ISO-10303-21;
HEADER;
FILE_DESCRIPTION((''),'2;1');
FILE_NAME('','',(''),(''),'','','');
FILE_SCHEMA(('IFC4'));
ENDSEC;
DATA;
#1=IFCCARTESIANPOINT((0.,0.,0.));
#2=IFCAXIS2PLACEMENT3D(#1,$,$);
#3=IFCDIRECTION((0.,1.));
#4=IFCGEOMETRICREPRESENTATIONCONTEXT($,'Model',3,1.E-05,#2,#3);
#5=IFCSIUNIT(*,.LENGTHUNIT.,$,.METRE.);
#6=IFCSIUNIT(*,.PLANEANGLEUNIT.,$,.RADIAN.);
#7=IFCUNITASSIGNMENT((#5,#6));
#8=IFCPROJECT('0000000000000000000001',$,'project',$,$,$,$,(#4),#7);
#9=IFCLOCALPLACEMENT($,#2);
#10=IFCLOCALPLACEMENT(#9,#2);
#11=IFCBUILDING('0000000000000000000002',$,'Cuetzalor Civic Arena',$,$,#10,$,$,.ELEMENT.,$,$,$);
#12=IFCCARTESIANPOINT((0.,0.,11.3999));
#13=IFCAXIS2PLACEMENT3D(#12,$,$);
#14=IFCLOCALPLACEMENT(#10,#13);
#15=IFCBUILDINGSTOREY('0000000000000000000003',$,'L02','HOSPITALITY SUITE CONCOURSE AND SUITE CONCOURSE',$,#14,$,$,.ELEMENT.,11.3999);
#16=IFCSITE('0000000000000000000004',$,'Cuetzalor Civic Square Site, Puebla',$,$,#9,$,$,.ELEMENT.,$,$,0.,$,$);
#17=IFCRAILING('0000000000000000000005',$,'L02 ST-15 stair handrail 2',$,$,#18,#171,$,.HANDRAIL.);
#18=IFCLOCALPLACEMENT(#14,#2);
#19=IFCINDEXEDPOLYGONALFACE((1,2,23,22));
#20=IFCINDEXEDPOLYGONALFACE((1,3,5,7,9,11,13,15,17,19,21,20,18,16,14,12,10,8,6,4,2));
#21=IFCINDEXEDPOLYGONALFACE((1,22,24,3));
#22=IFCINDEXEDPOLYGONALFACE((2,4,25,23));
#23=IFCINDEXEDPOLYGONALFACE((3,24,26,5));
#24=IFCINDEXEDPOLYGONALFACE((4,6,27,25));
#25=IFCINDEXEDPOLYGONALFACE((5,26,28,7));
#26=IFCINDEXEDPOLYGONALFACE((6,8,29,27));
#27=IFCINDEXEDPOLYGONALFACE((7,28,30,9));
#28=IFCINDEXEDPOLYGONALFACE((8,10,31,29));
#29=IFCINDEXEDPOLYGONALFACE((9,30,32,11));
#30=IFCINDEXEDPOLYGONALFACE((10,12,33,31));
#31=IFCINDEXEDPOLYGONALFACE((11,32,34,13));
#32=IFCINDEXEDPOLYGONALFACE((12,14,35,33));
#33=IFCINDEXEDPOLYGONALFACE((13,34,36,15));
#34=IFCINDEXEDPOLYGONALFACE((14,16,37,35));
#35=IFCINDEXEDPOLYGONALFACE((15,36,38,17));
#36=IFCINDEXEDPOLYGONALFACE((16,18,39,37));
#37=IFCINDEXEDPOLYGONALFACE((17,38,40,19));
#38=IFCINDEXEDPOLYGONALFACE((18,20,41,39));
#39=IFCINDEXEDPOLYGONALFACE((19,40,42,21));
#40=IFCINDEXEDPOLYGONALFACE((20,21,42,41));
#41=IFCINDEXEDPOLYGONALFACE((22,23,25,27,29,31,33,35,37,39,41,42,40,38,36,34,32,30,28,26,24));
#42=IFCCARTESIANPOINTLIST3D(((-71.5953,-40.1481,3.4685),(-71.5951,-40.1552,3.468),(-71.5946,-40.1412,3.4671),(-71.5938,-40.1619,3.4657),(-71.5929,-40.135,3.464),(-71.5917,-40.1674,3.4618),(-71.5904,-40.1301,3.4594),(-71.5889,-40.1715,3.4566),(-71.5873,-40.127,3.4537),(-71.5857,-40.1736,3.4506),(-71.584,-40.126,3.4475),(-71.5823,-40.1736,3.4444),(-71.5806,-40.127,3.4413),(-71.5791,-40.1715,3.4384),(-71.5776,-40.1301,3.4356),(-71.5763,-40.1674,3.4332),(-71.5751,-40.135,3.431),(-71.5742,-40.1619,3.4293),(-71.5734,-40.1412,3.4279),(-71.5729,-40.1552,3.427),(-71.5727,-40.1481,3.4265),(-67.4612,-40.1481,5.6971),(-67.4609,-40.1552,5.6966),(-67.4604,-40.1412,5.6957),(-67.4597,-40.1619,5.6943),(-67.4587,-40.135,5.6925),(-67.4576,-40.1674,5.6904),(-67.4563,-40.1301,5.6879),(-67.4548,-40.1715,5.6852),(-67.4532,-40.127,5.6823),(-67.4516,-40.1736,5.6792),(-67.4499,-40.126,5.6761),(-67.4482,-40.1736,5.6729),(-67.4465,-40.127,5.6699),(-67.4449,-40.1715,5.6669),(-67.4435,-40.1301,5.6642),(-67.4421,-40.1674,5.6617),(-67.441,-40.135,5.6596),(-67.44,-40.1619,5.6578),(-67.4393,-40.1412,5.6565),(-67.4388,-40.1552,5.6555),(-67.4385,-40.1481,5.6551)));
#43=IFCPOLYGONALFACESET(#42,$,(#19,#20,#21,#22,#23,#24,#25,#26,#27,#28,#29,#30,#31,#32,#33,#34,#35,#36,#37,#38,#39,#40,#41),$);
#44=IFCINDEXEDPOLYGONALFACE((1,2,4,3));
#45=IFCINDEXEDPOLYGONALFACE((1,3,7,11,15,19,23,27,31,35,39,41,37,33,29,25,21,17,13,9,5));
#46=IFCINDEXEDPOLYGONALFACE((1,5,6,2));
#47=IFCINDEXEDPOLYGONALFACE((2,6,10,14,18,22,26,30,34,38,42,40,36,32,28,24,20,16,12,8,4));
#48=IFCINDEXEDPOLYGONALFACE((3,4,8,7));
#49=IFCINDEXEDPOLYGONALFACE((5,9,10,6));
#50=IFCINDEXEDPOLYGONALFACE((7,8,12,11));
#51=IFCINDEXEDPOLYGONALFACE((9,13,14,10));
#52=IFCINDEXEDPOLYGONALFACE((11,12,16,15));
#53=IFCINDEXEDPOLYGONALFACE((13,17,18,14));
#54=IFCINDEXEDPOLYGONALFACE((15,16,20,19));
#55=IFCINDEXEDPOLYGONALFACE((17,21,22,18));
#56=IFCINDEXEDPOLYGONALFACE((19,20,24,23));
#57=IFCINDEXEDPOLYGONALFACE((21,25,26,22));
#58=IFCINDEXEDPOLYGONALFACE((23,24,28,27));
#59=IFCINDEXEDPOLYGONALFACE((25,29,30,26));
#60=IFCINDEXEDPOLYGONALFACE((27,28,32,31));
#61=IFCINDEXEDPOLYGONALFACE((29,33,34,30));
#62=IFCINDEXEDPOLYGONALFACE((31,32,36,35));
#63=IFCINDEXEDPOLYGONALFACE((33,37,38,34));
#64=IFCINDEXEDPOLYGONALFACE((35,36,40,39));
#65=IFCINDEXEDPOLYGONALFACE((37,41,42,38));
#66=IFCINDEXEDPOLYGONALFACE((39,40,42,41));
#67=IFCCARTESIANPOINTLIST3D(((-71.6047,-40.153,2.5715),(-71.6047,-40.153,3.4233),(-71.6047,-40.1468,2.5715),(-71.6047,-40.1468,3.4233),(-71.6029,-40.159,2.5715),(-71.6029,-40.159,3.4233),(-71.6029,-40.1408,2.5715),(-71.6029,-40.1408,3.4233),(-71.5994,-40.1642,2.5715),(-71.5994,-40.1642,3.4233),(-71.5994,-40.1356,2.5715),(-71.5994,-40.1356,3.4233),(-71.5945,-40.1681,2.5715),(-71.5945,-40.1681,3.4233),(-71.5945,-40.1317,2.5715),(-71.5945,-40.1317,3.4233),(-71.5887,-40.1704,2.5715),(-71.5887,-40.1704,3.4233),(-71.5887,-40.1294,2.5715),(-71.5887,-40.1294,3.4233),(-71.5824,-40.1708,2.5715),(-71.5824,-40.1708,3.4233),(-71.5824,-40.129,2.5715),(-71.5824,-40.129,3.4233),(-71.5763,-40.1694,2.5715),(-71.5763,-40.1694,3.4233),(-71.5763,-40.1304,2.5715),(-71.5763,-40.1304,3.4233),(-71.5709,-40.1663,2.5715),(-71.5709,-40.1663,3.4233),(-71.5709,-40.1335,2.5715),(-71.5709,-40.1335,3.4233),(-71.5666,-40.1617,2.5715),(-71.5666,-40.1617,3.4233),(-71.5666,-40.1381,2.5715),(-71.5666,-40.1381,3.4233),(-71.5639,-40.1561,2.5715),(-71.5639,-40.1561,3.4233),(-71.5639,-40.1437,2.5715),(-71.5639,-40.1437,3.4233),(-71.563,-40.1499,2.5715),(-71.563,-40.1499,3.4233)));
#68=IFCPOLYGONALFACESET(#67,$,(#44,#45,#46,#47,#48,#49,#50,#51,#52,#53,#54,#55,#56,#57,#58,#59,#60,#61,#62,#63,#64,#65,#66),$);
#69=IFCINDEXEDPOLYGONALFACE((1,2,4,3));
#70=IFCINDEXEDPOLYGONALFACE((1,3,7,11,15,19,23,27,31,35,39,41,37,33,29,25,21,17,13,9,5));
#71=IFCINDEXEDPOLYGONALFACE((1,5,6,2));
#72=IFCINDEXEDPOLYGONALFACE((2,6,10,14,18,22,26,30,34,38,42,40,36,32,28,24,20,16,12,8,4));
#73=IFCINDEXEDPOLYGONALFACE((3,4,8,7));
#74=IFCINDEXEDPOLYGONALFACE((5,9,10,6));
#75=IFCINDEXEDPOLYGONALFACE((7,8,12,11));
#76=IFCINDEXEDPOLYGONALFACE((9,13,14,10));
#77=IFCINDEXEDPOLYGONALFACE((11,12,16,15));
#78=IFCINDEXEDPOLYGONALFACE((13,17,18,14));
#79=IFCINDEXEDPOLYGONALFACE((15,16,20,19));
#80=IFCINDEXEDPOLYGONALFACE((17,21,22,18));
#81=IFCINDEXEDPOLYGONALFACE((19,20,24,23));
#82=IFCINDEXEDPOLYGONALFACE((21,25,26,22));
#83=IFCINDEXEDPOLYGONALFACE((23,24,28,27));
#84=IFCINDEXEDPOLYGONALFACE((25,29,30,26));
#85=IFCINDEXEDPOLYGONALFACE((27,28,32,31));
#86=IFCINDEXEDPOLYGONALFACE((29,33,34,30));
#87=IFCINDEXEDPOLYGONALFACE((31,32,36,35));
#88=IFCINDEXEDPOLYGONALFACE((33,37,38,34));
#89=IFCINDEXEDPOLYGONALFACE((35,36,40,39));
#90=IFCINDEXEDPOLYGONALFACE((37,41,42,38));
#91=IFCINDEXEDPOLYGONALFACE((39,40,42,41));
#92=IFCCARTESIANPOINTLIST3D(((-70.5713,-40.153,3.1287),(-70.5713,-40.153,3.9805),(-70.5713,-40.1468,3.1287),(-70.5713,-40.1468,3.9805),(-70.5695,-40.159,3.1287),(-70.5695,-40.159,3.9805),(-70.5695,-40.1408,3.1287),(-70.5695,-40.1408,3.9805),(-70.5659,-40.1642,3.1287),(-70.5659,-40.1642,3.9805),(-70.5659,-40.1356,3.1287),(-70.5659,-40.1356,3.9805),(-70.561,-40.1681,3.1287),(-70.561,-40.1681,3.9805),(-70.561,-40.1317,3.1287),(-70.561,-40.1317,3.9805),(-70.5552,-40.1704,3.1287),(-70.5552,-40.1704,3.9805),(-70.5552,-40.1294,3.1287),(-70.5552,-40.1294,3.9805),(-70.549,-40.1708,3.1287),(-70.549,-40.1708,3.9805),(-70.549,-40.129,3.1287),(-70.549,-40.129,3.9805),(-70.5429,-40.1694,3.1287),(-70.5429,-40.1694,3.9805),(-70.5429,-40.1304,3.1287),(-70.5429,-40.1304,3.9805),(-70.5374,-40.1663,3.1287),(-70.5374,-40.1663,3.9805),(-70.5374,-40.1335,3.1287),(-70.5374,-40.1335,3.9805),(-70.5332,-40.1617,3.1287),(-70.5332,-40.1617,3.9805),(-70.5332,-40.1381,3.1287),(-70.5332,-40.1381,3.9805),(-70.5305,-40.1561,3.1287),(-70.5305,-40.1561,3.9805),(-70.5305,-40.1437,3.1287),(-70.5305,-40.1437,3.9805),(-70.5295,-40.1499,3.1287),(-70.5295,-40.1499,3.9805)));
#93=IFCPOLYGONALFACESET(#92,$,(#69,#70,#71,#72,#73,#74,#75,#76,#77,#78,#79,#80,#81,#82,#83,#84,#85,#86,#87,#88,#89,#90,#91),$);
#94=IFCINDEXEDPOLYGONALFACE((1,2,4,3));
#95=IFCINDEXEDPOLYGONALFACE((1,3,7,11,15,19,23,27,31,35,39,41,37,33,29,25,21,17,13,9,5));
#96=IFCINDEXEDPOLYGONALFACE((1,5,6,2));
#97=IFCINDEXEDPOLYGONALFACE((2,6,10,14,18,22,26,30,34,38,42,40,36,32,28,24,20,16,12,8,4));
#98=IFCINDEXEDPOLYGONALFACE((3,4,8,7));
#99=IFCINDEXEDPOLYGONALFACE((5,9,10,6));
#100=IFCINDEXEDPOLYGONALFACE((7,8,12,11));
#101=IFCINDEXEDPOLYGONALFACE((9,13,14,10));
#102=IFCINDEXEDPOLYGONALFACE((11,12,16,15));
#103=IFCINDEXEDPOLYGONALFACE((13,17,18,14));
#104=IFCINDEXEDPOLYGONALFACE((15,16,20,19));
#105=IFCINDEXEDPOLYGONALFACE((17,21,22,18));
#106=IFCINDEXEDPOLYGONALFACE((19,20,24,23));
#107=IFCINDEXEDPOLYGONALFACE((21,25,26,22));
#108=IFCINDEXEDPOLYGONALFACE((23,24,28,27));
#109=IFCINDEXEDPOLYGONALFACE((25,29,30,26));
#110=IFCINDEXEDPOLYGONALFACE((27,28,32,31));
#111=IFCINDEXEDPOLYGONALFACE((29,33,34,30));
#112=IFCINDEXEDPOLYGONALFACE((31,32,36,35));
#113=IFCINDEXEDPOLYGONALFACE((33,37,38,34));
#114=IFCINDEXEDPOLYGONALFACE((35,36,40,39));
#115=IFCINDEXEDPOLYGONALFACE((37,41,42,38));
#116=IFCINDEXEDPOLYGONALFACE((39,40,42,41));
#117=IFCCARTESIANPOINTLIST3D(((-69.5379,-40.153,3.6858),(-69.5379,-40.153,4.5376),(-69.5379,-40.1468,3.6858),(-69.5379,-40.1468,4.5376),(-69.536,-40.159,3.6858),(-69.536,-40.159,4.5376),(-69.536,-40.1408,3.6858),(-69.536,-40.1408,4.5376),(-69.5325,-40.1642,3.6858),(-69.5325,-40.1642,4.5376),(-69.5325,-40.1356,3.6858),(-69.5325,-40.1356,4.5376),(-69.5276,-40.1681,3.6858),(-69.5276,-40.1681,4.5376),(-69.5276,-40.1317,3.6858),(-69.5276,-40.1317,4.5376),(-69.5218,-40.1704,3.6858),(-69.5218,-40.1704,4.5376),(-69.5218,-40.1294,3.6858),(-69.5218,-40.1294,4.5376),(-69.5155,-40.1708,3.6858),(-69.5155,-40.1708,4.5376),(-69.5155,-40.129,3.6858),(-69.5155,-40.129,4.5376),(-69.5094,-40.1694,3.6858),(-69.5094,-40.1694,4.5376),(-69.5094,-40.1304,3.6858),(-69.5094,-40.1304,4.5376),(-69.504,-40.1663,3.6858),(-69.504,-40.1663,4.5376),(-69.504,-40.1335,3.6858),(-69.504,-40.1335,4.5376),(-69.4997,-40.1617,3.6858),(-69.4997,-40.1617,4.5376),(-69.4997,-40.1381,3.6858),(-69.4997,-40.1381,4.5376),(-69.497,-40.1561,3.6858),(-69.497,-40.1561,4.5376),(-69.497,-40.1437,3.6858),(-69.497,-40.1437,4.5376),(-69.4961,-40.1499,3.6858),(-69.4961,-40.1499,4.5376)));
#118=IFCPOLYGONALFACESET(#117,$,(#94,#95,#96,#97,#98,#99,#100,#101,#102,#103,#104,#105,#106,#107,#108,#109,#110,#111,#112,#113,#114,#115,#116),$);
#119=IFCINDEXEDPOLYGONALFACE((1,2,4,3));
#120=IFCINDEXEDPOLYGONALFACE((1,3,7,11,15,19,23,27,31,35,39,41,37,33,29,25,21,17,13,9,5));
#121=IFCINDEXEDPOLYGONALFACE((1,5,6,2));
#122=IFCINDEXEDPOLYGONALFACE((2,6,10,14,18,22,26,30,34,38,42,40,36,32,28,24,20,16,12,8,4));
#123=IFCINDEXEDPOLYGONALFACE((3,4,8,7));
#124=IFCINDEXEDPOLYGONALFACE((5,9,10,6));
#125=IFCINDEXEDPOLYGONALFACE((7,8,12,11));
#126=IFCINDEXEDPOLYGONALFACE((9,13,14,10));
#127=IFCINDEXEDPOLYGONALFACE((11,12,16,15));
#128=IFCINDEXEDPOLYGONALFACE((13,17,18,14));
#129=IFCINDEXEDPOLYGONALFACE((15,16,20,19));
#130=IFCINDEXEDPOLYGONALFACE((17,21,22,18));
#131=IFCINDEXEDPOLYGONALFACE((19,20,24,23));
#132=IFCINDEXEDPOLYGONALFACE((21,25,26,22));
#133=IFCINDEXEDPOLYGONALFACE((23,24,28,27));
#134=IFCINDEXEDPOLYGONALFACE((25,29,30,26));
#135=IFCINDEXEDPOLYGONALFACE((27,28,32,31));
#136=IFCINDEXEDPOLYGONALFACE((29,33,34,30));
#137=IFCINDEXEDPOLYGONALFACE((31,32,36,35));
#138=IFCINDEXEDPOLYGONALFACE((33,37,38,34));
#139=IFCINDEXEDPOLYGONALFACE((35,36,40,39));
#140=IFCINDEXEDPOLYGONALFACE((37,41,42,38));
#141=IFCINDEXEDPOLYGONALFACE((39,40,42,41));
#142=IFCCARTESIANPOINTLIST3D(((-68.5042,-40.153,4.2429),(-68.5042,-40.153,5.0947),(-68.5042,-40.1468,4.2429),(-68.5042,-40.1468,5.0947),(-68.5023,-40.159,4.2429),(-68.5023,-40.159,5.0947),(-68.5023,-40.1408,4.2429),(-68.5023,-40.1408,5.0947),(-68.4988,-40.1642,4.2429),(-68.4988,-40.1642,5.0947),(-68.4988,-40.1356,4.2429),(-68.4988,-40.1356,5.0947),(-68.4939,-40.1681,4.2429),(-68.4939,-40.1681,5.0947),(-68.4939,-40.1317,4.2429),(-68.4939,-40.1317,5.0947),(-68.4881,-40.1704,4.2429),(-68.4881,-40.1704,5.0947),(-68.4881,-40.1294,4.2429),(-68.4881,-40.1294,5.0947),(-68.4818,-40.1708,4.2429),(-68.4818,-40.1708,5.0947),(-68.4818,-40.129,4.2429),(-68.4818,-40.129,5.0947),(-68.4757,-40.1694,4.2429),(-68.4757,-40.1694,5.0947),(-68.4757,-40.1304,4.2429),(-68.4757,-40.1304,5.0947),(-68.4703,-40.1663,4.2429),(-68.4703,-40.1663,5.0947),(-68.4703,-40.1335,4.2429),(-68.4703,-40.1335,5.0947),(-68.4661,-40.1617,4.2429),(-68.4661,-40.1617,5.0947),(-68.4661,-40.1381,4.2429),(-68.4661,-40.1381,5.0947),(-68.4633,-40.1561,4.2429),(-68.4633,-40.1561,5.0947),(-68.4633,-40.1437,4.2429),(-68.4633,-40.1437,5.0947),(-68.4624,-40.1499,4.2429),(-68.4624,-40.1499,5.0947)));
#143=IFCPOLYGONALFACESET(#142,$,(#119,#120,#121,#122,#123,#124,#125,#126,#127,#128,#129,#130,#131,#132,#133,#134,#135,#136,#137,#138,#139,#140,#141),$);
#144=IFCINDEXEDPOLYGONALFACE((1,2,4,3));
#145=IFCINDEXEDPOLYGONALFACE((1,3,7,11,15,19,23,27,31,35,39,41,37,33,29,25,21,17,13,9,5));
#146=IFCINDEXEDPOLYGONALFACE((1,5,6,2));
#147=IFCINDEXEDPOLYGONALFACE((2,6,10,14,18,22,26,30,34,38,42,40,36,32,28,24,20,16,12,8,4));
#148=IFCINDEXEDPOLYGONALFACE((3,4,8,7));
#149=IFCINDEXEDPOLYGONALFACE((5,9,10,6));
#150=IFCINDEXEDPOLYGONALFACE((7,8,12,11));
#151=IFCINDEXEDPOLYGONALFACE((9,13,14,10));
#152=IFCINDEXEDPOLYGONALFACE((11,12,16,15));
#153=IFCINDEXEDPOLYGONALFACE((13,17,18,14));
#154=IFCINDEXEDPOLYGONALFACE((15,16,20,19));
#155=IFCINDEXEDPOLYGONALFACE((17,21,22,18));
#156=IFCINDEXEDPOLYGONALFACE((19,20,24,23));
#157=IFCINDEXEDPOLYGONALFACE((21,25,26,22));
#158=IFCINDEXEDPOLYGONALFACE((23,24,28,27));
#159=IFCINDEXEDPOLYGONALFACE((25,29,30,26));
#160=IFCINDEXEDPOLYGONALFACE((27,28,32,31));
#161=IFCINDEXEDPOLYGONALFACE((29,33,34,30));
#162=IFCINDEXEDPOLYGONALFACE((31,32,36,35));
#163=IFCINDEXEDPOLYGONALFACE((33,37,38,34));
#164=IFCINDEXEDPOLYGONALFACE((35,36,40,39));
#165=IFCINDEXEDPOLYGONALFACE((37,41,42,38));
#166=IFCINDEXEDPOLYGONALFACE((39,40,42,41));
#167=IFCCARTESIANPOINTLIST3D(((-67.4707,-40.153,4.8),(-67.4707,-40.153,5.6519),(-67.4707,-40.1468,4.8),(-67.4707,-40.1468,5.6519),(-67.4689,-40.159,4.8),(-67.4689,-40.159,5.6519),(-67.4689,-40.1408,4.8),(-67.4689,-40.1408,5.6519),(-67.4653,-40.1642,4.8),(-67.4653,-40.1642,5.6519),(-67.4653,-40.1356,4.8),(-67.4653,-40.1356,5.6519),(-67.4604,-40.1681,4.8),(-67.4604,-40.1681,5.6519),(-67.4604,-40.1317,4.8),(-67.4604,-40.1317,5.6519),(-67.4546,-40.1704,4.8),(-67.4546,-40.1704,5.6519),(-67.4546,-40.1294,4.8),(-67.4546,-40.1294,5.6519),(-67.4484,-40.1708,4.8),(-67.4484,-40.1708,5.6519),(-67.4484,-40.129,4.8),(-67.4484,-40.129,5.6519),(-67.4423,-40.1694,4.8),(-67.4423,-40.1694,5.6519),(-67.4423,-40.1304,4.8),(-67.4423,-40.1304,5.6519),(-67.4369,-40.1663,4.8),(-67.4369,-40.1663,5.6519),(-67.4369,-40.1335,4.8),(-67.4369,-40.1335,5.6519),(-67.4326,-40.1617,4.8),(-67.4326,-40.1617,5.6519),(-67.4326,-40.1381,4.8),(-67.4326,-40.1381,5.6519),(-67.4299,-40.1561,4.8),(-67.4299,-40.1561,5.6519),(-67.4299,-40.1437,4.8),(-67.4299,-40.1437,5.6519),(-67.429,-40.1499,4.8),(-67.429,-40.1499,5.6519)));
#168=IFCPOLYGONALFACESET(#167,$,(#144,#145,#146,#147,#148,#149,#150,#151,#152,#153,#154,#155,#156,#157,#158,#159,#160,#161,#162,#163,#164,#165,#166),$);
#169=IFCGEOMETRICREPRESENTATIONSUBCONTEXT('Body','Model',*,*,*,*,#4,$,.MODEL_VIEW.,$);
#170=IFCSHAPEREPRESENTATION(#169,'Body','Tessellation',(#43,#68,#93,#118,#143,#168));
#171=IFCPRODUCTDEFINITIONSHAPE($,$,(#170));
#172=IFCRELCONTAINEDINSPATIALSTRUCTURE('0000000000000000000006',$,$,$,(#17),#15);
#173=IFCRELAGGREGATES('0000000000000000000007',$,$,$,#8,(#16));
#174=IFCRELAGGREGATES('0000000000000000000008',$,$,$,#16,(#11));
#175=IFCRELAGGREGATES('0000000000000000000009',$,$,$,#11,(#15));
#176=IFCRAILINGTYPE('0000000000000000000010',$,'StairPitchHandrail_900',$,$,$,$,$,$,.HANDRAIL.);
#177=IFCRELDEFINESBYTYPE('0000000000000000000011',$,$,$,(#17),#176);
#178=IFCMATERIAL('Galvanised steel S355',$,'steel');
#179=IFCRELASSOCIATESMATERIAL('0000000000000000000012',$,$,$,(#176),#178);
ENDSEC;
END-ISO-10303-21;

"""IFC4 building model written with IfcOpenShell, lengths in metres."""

from ifc_helpers import new_model, si_unit, direction, frame, origin, origin_2d, place, context, subcontext, project, spatial, circle, extrude, material, type_object, element, save


model = new_model("IFC4")

# Units and contexts
model_context = context("Model", 3, precision=1e-05, world=origin(), true_north=direction((0.0, 1.0)))
body_context = subcontext(model_context, "Body", "Model", "MODEL_VIEW")
ifc_project = project(units=[si_unit("LENGTHUNIT", "METRE"), si_unit("PLANEANGLEUNIT", "RADIAN")], contexts=[model_context])

# Site, building, storey
site_placement = place(None, origin())
site = spatial("IfcSite", under=ifc_project, at=site_placement, Name="Cuetzalor Civic Square Site, Puebla", CompositionType="ELEMENT", RefElevation=0.0)
building_placement = place(site_placement, origin())
building = spatial("IfcBuilding", under=site, at=building_placement, Name="Cuetzalor Civic Arena", CompositionType="ELEMENT")
storey_placement = place(building_placement, frame((0.0, 0.0, 11.3999)))
storey = spatial("IfcBuildingStorey", under=building, at=storey_placement, Name="L02", Description="HOSPITALITY SUITE CONCOURSE AND SUITE CONCOURSE", CompositionType="ELEMENT", Elevation=11.3999)

# Railing
ifc_material_1 = material(Name="Galvanised steel S355", Category="steel")
railing_type_1 = type_object("IfcRailingType", Name="StairPitchHandrail_900", PredefinedType="HANDRAIL", material=ifc_material_1)
railing_1_placement = place(storey_placement, frame((-71.584, -40.1499, 2.5715)))
element("IfcRailing", 1, at=railing_1_placement, inside=storey, type_object=railing_type_1, Name="L02 ST-15 stair handrail 2", PredefinedType="HANDRAIL", context=body_context, shape_type="SweptSolid", body=[
    extrude(circle(Radius=0.0239, at=origin_2d()), frame((0.0, 0.0, 0.876), z_axis=(0.880249, 0.0, 0.474512), x_axis=(0.0, 1.0, 0.0)), (0.0, 0.0, 1.0), 4.6965),
    extrude(circle(Radius=0.021, at=origin_2d()), origin(), (0.0, 0.0, 1.0), 0.8518),
    extrude(circle(Radius=0.021, at=origin_2d()), frame((1.0334, 0.0, 0.5571)), (0.0, 0.0, 1.0), 0.8518),
    extrude(circle(Radius=0.021, at=origin_2d()), frame((2.0669, 0.0, 1.1143)), (0.0, 0.0, 1.0), 0.8518),
    extrude(circle(Radius=0.021, at=origin_2d()), frame((3.1006, 0.0, 1.6714)), (0.0, 0.0, 1.0), 0.8518),
    extrude(circle(Radius=0.021, at=origin_2d()), frame((4.134, 0.0, 2.2285)), (0.0, 0.0, 1.0), 0.8518),
])

save(model, "model.ifc")
